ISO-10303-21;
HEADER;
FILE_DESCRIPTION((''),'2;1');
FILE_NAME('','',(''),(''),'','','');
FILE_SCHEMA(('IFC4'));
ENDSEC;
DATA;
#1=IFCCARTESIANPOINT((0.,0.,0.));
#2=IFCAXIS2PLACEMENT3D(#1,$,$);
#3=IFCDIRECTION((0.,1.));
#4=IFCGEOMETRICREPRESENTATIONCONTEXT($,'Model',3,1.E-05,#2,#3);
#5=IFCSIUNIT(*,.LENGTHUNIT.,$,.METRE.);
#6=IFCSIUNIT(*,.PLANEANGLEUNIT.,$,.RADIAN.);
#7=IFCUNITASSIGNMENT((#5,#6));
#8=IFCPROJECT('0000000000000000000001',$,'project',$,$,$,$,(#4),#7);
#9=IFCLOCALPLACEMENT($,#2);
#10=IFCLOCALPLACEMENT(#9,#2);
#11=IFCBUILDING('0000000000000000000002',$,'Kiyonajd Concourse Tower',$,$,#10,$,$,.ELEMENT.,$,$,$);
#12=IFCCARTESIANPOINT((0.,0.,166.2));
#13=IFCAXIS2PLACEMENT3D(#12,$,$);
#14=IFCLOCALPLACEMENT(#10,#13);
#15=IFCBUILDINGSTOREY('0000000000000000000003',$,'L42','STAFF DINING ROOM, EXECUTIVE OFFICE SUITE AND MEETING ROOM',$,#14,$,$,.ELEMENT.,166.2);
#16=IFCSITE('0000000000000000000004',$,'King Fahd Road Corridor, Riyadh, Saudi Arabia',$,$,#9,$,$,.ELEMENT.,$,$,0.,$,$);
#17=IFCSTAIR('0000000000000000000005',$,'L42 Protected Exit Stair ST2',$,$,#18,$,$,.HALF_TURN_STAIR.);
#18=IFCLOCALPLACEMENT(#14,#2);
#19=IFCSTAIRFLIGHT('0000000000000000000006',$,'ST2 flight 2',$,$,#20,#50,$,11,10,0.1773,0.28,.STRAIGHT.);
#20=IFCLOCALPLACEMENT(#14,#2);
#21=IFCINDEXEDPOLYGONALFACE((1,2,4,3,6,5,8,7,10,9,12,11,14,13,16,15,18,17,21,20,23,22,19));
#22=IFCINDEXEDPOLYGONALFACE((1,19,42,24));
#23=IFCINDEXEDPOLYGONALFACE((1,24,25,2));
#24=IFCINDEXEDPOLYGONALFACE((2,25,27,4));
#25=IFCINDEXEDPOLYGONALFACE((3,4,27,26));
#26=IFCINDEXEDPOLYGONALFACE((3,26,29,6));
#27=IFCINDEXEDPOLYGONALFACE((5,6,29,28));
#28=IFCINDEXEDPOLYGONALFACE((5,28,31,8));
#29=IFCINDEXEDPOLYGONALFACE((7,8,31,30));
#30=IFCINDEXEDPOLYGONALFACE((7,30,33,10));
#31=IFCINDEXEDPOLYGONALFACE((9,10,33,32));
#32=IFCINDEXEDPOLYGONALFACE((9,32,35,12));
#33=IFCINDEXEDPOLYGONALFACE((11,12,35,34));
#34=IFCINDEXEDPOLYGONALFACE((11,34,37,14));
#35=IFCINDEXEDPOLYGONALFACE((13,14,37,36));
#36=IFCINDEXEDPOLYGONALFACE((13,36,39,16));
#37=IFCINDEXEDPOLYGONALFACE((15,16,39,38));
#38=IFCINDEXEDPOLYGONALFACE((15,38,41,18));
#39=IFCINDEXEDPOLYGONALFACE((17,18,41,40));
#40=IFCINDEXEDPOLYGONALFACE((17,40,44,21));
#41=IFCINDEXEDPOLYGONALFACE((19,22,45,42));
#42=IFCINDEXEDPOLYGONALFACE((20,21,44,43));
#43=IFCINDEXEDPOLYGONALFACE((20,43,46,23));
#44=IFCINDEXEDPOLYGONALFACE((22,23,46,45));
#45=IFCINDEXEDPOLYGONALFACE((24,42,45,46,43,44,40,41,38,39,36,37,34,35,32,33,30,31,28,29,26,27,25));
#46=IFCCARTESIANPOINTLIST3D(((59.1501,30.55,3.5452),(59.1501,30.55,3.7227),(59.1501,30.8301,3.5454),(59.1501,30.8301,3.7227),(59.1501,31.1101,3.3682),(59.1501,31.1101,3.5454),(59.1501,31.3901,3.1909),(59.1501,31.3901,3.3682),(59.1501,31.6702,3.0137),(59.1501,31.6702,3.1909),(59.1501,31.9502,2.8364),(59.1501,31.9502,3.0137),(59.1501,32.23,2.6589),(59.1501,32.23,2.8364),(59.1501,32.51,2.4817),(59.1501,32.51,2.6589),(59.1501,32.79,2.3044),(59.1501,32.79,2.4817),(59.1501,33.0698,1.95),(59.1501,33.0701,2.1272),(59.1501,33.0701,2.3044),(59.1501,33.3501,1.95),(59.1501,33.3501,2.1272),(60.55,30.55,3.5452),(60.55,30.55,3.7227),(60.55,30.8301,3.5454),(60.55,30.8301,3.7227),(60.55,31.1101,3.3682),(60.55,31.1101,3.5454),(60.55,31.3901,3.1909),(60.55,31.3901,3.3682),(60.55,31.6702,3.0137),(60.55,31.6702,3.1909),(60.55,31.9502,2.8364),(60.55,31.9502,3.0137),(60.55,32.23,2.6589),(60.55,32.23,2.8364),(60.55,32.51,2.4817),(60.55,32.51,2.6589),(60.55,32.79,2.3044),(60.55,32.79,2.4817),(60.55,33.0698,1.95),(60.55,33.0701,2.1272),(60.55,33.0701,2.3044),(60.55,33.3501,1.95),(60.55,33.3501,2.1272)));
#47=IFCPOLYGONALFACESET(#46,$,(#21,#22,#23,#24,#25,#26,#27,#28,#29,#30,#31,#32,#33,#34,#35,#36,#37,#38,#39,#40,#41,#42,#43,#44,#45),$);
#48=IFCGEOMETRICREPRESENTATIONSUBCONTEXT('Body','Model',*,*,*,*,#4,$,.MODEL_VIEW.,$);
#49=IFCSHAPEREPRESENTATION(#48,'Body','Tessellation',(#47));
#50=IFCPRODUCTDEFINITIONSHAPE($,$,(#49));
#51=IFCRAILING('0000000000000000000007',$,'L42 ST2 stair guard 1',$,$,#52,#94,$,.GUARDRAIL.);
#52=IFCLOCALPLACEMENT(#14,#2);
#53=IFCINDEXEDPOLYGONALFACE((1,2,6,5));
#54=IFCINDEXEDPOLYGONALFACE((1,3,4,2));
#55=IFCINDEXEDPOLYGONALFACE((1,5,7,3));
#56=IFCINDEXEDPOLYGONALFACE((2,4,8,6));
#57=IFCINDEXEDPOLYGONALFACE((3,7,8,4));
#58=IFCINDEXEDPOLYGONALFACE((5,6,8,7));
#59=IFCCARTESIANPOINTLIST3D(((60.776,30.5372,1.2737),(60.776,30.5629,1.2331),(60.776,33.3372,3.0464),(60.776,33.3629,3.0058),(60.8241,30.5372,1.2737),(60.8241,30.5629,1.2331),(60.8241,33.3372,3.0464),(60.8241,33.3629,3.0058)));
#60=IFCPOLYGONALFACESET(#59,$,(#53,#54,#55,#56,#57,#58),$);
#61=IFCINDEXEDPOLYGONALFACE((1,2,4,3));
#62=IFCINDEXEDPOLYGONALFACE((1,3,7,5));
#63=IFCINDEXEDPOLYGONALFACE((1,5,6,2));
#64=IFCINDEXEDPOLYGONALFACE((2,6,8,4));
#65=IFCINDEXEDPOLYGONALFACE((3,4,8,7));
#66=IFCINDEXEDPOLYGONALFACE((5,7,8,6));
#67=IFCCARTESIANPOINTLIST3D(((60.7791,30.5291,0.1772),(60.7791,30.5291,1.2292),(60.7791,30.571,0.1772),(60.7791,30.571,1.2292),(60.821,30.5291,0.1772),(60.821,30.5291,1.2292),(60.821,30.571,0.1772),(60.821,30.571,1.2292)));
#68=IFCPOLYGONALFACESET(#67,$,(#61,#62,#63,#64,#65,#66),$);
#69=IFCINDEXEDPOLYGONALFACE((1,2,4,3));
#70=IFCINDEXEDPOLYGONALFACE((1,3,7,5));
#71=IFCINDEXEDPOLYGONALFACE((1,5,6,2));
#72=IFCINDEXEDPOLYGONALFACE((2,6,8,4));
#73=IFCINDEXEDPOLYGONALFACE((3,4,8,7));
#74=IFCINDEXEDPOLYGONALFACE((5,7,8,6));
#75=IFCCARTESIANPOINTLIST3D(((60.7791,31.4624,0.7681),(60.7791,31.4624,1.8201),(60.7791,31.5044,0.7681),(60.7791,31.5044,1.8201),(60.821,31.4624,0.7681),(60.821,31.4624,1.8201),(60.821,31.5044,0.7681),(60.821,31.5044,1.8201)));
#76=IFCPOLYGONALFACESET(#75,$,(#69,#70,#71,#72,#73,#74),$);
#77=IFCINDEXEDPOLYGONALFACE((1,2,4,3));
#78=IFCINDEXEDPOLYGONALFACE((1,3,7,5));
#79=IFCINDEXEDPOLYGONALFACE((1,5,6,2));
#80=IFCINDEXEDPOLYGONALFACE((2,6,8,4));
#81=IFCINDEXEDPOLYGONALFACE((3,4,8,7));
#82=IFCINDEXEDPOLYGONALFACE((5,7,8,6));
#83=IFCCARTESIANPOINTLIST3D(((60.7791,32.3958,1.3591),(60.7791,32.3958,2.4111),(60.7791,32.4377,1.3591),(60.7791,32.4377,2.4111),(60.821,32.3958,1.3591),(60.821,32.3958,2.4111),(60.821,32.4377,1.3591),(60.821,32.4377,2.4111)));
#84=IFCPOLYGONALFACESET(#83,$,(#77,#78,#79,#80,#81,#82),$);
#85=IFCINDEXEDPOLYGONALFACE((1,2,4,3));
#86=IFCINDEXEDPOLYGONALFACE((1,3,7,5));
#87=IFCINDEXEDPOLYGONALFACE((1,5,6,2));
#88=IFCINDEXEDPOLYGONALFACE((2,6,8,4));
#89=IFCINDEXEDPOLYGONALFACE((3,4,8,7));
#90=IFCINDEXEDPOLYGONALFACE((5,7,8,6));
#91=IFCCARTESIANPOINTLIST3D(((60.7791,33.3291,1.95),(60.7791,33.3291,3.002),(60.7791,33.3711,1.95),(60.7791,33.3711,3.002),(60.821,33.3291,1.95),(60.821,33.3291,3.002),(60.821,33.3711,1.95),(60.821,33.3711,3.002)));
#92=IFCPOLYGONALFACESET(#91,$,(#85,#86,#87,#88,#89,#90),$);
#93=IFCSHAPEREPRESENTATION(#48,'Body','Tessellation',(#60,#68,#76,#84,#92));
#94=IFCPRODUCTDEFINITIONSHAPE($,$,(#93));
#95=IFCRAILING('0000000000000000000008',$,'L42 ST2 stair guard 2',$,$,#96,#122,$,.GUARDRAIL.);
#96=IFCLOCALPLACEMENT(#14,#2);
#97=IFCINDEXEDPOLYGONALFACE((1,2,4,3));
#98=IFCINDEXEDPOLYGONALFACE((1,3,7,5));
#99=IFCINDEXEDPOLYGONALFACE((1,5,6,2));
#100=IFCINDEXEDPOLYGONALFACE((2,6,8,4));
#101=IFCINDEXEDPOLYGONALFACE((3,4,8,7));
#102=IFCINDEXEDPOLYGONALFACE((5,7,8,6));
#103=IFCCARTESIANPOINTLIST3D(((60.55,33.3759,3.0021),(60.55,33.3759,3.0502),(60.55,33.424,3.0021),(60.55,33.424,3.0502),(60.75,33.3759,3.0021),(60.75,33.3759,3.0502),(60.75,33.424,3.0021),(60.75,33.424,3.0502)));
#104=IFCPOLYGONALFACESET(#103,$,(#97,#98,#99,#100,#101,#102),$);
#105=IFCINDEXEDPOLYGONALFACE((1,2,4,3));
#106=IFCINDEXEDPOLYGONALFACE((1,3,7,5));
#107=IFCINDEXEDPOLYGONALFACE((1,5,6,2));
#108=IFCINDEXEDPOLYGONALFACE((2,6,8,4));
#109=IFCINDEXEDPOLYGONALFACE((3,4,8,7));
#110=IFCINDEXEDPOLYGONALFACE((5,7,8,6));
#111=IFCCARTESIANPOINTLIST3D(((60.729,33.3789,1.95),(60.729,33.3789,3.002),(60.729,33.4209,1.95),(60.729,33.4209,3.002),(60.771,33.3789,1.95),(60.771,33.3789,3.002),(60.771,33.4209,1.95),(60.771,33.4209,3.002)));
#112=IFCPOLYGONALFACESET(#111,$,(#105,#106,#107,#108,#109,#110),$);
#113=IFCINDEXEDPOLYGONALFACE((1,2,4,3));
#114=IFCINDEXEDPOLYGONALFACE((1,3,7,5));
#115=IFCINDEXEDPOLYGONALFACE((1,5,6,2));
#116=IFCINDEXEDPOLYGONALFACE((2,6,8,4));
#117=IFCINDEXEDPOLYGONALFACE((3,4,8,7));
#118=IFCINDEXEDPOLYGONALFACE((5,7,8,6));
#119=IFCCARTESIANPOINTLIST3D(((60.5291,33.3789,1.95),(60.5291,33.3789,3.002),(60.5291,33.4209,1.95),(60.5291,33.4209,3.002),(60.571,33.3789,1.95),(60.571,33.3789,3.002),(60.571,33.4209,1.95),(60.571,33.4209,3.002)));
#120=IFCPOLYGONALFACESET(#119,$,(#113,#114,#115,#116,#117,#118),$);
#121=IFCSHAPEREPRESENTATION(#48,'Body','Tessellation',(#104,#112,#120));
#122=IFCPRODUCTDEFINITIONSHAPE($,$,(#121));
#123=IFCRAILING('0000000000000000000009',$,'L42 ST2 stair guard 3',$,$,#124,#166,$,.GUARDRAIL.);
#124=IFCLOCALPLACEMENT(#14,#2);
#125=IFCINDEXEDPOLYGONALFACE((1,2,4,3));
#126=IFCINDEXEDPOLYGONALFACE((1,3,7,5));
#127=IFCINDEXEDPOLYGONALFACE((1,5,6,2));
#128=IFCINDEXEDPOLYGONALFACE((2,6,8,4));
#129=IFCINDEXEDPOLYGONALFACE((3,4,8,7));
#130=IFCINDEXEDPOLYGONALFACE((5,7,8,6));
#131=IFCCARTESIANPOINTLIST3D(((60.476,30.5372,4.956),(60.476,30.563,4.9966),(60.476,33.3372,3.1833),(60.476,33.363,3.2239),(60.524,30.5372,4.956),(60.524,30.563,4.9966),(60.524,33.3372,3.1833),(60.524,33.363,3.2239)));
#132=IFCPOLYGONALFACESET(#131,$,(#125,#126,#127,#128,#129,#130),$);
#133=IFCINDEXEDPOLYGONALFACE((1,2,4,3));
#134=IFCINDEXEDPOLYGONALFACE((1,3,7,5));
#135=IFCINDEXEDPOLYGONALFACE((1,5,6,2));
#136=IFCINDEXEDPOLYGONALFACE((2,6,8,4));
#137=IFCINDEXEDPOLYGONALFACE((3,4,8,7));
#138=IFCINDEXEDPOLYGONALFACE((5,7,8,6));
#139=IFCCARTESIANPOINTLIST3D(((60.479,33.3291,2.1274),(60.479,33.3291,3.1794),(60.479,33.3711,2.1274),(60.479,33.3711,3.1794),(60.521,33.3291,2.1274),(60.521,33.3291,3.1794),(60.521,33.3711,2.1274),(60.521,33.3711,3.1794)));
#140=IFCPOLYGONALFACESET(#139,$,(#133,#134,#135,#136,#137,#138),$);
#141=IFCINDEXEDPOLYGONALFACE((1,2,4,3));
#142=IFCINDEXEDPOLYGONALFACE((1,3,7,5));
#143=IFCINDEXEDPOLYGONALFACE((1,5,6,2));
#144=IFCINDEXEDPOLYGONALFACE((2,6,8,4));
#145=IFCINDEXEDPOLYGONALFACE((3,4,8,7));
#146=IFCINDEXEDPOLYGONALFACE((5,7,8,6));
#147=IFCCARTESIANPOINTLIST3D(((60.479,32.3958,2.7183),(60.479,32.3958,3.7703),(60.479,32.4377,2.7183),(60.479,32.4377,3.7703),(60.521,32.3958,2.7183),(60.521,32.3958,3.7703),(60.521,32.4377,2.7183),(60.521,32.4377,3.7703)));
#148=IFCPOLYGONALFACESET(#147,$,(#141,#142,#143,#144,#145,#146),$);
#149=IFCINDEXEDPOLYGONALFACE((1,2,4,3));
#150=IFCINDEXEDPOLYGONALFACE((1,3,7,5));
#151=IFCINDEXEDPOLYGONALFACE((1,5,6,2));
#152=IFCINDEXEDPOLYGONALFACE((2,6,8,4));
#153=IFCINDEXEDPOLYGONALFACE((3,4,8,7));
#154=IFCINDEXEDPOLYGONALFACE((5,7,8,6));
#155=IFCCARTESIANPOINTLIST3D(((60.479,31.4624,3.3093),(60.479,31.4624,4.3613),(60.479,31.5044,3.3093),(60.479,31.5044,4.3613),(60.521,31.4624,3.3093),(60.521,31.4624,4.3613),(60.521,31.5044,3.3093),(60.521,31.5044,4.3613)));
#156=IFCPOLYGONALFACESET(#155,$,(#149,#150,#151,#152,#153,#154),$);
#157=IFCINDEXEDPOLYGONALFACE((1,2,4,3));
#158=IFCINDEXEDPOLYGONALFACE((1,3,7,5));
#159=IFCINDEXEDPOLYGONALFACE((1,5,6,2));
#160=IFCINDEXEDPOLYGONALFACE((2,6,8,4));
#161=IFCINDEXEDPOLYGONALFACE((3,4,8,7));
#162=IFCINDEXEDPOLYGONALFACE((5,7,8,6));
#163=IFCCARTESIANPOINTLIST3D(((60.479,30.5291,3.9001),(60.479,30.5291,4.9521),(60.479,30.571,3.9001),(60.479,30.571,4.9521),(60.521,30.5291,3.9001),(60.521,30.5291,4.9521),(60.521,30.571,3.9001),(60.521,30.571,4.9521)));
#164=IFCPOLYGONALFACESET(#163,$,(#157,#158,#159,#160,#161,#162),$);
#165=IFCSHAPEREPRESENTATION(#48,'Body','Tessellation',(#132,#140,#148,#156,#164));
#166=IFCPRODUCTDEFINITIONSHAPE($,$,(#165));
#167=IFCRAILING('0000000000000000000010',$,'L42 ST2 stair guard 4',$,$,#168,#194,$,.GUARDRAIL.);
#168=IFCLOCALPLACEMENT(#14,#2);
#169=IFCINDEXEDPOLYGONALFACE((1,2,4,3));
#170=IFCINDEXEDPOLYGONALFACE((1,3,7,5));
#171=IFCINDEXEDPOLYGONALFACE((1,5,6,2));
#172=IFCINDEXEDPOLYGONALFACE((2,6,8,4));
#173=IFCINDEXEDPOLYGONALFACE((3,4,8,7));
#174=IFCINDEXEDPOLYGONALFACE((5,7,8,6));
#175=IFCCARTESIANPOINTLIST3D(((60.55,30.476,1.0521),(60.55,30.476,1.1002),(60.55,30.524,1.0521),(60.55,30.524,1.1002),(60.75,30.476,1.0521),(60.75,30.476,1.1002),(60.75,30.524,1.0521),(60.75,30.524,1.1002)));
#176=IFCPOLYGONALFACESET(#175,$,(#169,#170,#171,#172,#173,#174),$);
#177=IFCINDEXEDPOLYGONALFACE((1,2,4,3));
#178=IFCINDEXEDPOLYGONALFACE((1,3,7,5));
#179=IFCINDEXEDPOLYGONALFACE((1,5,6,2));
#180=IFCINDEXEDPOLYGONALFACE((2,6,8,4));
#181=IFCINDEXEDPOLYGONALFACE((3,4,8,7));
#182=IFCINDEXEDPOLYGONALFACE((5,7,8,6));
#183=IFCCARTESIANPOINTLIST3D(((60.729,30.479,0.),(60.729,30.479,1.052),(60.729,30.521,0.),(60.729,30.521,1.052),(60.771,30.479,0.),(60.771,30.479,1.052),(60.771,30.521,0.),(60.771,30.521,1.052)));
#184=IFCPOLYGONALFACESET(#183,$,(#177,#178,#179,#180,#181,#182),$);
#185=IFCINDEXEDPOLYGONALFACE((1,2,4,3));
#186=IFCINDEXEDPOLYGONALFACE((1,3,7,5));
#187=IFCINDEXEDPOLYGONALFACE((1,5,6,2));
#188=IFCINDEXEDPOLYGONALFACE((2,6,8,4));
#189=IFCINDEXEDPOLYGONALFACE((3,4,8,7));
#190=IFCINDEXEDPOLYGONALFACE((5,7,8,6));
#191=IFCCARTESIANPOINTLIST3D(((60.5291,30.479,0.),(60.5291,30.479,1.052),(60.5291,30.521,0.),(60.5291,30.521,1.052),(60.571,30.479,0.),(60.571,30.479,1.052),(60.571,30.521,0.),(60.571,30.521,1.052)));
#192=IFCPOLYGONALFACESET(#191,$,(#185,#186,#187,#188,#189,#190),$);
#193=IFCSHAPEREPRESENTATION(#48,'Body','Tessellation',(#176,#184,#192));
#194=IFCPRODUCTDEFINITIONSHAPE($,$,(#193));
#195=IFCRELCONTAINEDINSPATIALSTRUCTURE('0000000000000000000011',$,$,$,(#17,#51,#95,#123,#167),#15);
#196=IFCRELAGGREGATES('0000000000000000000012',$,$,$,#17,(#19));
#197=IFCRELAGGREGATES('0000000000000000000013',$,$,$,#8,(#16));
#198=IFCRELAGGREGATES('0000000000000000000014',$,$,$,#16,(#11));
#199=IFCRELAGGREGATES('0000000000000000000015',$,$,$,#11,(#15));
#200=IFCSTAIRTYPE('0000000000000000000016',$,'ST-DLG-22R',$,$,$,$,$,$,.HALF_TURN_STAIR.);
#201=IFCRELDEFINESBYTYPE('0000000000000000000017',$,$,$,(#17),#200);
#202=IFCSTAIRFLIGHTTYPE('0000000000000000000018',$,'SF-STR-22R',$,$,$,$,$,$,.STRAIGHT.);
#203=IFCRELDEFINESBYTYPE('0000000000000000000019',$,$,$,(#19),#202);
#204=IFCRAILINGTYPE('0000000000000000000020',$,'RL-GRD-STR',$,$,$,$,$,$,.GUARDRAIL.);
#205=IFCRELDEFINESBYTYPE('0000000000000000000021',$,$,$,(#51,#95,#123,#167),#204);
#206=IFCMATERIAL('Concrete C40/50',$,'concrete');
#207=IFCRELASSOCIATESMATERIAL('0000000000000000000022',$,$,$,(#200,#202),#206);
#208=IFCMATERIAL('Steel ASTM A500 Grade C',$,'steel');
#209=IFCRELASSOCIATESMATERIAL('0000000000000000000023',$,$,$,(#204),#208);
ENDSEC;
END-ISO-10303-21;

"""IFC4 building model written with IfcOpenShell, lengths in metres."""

from ifc_helpers import new_model, si_unit, direction, frame, origin, origin_2d, place, context, subcontext, project, spatial, polyline, rectangle, outline, extrude, material, type_object, element, aggregate, save


model = new_model("IFC4")

# Units and contexts
model_context = context("Model", 3, precision=1e-05, world=origin(), true_north=direction((0.0, 1.0)))
body_context = subcontext(model_context, "Body", "Model", "MODEL_VIEW")
ifc_project = project(units=[si_unit("LENGTHUNIT", "METRE"), si_unit("PLANEANGLEUNIT", "RADIAN")], contexts=[model_context])

# Site, building, storey
site_placement = place(None, origin())
site = spatial("IfcSite", under=ifc_project, at=site_placement, Name="King Fahd Road Corridor, Riyadh, Saudi Arabia", CompositionType="ELEMENT", RefElevation=0.0)
building_placement = place(site_placement, origin())
building = spatial("IfcBuilding", under=site, at=building_placement, Name="Kiyonajd Concourse Tower", CompositionType="ELEMENT")
storey_placement = place(building_placement, frame((0.0, 0.0, 166.2)))
storey = spatial("IfcBuildingStorey", under=building, at=storey_placement, Name="L42", Description="STAFF DINING ROOM, EXECUTIVE OFFICE SUITE AND MEETING ROOM", CompositionType="ELEMENT", Elevation=166.2)

# Stair, stair flight
ifc_material_1 = material(Name="Concrete C40/50", Category="concrete")
stair_type = type_object("IfcStairType", Name="ST-DLG-22R", PredefinedType="HALF_TURN_STAIR", material=ifc_material_1)
stair_placement = place(storey_placement, origin())
stair = element("IfcStair", 1, at=stair_placement, inside=storey, type_object=stair_type, Name="L42 Protected Exit Stair ST2", PredefinedType="HALF_TURN_STAIR")
stair_flight_type = type_object("IfcStairFlightType", Name="SF-STR-22R", PredefinedType="STRAIGHT", material=ifc_material_1)
stair_flight_1_placement = place(storey_placement, frame((59.8501, 33.3501, 1.95), z_axis=(0.0, 0.0, 1.0), x_axis=(0.0, -1.0, 0.0)))
stair_flight_1 = element("IfcStairFlight", 2, at=stair_flight_1_placement, type_object=stair_flight_type, Name="ST2 flight 2", NumberOfRisers=11, NumberOfTreads=10, PredefinedType="STRAIGHT", RiserHeight=0.1773, TreadLength=0.28, context=body_context, shape_type="SweptSolid", body=[
    extrude(outline(polyline([(0.0, 0.0), (0.0, 0.1772), (0.28, 0.1772), (0.28, 0.3545), (0.5601, 0.3545), (0.5601, 0.5317), (0.8401, 0.5317), (0.8401, 0.709), (1.1201, 0.709), (1.1201, 0.8865), (1.3999, 0.8865), (1.3999, 1.0637), (1.6799, 1.0637), (1.6799, 1.241), (1.96, 1.241), (1.96, 1.4182), (2.24, 1.4182), (2.24, 1.5955), (2.52, 1.5955), (2.52, 1.7727), (2.8, 1.7727), (2.8, 1.95), (2.8, 1.5952), (0.2803, 0.0), (0.0, 0.0)])), frame((0.0, 0.7, 0.0), z_axis=(0.0, -1.0, 0.0), x_axis=(1.0, 0.0, 0.0)), (0.0, 0.0, 1.0), 1.3999),
])
aggregate(stair, [stair_flight_1])

# Railings
ifc_material_2 = material(Name="Steel ASTM A500 Grade C", Category="steel")
railing_type_1 = type_object("IfcRailingType", Name="RL-GRD-STR", PredefinedType="GUARDRAIL", material=ifc_material_2)
railing_1_placement = place(storey_placement, frame((60.8, 30.55, 0.1772)))
element("IfcRailing", 3, at=railing_1_placement, inside=storey, type_object=railing_type_1, Name="L42 ST2 stair guard 1", PredefinedType="GUARDRAIL", context=body_context, shape_type="SweptSolid", body=[
    extrude(rectangle(XDim=0.0481, YDim=0.0481, at=origin_2d()), frame((0.0, 0.0, 1.0762), z_axis=(0.0, 0.844909, 0.53491), x_axis=(-1.0, 0.0, 0.0)), (0.0, 0.0, 1.0), 3.314),
    extrude(rectangle(XDim=0.042, YDim=0.042, at=origin_2d()), origin(), (0.0, 0.0, 1.0), 1.052),
    extrude(rectangle(XDim=0.042, YDim=0.042, at=origin_2d()), frame((0.0, 0.9333, 0.5908)), (0.0, 0.0, 1.0), 1.052),
    extrude(rectangle(XDim=0.042, YDim=0.042, at=origin_2d()), frame((0.0, 1.8667, 1.1819)), (0.0, 0.0, 1.0), 1.052),
    extrude(rectangle(XDim=0.042, YDim=0.042, at=origin_2d()), frame((0.0, 2.8, 1.7727)), (0.0, 0.0, 1.0), 1.052),
])
railing_2_placement = place(storey_placement, frame((60.75, 33.3999, 1.95)))
element("IfcRailing", 4, at=railing_2_placement, inside=storey, type_object=railing_type_1, Name="L42 ST2 stair guard 2", PredefinedType="GUARDRAIL", context=body_context, shape_type="SweptSolid", body=[
    extrude(rectangle(XDim=0.0481, YDim=0.0481, at=origin_2d()), frame((0.0, 0.0, 1.0762), z_axis=(-1.0, 0.0, 0.0), x_axis=(0.0, -1.0, 0.0)), (0.0, 0.0, 1.0), 0.2),
    extrude(rectangle(XDim=0.042, YDim=0.042, at=origin_2d()), origin(), (0.0, 0.0, 1.0), 1.052),
    extrude(rectangle(XDim=0.042, YDim=0.042, at=origin_2d()), frame((-0.2, 0.0, 0.0)), (0.0, 0.0, 1.0), 1.052),
])
railing_3_placement = place(storey_placement, frame((60.5, 33.3501, 2.1274)))
element("IfcRailing", 5, at=railing_3_placement, inside=storey, type_object=railing_type_1, Name="L42 ST2 stair guard 3", PredefinedType="GUARDRAIL", context=body_context, shape_type="SweptSolid", body=[
    extrude(rectangle(XDim=0.0481, YDim=0.0481, at=origin_2d()), frame((0.0, 0.0, 1.0762), z_axis=(0.0, -0.844909, 0.53491), x_axis=(1.0, 0.0, 0.0)), (0.0, 0.0, 1.0), 3.314),
    extrude(rectangle(XDim=0.042, YDim=0.042, at=origin_2d()), origin(), (0.0, 0.0, 1.0), 1.052),
    extrude(rectangle(XDim=0.042, YDim=0.042, at=origin_2d()), frame((0.0, -0.9333, 0.5908)), (0.0, 0.0, 1.0), 1.052),
    extrude(rectangle(XDim=0.042, YDim=0.042, at=origin_2d()), frame((0.0, -1.8667, 1.1819)), (0.0, 0.0, 1.0), 1.052),
    extrude(rectangle(XDim=0.042, YDim=0.042, at=origin_2d()), frame((0.0, -2.8, 1.7727)), (0.0, 0.0, 1.0), 1.052),
])
railing_4_placement = place(storey_placement, frame((60.75, 30.5, 0.0)))
element("IfcRailing", 6, at=railing_4_placement, inside=storey, type_object=railing_type_1, Name="L42 ST2 stair guard 4", PredefinedType="GUARDRAIL", context=body_context, shape_type="SweptSolid", body=[
    extrude(rectangle(XDim=0.0481, YDim=0.0481, at=origin_2d()), frame((0.0, 0.0, 1.0762), z_axis=(-1.0, 0.0, 0.0), x_axis=(0.0, -1.0, 0.0)), (0.0, 0.0, 1.0), 0.2),
    extrude(rectangle(XDim=0.042, YDim=0.042, at=origin_2d()), origin(), (0.0, 0.0, 1.0), 1.052),
    extrude(rectangle(XDim=0.042, YDim=0.042, at=origin_2d()), frame((-0.2, 0.0, 0.0)), (0.0, 0.0, 1.0), 1.052),
])

save(model, "model.ifc")
